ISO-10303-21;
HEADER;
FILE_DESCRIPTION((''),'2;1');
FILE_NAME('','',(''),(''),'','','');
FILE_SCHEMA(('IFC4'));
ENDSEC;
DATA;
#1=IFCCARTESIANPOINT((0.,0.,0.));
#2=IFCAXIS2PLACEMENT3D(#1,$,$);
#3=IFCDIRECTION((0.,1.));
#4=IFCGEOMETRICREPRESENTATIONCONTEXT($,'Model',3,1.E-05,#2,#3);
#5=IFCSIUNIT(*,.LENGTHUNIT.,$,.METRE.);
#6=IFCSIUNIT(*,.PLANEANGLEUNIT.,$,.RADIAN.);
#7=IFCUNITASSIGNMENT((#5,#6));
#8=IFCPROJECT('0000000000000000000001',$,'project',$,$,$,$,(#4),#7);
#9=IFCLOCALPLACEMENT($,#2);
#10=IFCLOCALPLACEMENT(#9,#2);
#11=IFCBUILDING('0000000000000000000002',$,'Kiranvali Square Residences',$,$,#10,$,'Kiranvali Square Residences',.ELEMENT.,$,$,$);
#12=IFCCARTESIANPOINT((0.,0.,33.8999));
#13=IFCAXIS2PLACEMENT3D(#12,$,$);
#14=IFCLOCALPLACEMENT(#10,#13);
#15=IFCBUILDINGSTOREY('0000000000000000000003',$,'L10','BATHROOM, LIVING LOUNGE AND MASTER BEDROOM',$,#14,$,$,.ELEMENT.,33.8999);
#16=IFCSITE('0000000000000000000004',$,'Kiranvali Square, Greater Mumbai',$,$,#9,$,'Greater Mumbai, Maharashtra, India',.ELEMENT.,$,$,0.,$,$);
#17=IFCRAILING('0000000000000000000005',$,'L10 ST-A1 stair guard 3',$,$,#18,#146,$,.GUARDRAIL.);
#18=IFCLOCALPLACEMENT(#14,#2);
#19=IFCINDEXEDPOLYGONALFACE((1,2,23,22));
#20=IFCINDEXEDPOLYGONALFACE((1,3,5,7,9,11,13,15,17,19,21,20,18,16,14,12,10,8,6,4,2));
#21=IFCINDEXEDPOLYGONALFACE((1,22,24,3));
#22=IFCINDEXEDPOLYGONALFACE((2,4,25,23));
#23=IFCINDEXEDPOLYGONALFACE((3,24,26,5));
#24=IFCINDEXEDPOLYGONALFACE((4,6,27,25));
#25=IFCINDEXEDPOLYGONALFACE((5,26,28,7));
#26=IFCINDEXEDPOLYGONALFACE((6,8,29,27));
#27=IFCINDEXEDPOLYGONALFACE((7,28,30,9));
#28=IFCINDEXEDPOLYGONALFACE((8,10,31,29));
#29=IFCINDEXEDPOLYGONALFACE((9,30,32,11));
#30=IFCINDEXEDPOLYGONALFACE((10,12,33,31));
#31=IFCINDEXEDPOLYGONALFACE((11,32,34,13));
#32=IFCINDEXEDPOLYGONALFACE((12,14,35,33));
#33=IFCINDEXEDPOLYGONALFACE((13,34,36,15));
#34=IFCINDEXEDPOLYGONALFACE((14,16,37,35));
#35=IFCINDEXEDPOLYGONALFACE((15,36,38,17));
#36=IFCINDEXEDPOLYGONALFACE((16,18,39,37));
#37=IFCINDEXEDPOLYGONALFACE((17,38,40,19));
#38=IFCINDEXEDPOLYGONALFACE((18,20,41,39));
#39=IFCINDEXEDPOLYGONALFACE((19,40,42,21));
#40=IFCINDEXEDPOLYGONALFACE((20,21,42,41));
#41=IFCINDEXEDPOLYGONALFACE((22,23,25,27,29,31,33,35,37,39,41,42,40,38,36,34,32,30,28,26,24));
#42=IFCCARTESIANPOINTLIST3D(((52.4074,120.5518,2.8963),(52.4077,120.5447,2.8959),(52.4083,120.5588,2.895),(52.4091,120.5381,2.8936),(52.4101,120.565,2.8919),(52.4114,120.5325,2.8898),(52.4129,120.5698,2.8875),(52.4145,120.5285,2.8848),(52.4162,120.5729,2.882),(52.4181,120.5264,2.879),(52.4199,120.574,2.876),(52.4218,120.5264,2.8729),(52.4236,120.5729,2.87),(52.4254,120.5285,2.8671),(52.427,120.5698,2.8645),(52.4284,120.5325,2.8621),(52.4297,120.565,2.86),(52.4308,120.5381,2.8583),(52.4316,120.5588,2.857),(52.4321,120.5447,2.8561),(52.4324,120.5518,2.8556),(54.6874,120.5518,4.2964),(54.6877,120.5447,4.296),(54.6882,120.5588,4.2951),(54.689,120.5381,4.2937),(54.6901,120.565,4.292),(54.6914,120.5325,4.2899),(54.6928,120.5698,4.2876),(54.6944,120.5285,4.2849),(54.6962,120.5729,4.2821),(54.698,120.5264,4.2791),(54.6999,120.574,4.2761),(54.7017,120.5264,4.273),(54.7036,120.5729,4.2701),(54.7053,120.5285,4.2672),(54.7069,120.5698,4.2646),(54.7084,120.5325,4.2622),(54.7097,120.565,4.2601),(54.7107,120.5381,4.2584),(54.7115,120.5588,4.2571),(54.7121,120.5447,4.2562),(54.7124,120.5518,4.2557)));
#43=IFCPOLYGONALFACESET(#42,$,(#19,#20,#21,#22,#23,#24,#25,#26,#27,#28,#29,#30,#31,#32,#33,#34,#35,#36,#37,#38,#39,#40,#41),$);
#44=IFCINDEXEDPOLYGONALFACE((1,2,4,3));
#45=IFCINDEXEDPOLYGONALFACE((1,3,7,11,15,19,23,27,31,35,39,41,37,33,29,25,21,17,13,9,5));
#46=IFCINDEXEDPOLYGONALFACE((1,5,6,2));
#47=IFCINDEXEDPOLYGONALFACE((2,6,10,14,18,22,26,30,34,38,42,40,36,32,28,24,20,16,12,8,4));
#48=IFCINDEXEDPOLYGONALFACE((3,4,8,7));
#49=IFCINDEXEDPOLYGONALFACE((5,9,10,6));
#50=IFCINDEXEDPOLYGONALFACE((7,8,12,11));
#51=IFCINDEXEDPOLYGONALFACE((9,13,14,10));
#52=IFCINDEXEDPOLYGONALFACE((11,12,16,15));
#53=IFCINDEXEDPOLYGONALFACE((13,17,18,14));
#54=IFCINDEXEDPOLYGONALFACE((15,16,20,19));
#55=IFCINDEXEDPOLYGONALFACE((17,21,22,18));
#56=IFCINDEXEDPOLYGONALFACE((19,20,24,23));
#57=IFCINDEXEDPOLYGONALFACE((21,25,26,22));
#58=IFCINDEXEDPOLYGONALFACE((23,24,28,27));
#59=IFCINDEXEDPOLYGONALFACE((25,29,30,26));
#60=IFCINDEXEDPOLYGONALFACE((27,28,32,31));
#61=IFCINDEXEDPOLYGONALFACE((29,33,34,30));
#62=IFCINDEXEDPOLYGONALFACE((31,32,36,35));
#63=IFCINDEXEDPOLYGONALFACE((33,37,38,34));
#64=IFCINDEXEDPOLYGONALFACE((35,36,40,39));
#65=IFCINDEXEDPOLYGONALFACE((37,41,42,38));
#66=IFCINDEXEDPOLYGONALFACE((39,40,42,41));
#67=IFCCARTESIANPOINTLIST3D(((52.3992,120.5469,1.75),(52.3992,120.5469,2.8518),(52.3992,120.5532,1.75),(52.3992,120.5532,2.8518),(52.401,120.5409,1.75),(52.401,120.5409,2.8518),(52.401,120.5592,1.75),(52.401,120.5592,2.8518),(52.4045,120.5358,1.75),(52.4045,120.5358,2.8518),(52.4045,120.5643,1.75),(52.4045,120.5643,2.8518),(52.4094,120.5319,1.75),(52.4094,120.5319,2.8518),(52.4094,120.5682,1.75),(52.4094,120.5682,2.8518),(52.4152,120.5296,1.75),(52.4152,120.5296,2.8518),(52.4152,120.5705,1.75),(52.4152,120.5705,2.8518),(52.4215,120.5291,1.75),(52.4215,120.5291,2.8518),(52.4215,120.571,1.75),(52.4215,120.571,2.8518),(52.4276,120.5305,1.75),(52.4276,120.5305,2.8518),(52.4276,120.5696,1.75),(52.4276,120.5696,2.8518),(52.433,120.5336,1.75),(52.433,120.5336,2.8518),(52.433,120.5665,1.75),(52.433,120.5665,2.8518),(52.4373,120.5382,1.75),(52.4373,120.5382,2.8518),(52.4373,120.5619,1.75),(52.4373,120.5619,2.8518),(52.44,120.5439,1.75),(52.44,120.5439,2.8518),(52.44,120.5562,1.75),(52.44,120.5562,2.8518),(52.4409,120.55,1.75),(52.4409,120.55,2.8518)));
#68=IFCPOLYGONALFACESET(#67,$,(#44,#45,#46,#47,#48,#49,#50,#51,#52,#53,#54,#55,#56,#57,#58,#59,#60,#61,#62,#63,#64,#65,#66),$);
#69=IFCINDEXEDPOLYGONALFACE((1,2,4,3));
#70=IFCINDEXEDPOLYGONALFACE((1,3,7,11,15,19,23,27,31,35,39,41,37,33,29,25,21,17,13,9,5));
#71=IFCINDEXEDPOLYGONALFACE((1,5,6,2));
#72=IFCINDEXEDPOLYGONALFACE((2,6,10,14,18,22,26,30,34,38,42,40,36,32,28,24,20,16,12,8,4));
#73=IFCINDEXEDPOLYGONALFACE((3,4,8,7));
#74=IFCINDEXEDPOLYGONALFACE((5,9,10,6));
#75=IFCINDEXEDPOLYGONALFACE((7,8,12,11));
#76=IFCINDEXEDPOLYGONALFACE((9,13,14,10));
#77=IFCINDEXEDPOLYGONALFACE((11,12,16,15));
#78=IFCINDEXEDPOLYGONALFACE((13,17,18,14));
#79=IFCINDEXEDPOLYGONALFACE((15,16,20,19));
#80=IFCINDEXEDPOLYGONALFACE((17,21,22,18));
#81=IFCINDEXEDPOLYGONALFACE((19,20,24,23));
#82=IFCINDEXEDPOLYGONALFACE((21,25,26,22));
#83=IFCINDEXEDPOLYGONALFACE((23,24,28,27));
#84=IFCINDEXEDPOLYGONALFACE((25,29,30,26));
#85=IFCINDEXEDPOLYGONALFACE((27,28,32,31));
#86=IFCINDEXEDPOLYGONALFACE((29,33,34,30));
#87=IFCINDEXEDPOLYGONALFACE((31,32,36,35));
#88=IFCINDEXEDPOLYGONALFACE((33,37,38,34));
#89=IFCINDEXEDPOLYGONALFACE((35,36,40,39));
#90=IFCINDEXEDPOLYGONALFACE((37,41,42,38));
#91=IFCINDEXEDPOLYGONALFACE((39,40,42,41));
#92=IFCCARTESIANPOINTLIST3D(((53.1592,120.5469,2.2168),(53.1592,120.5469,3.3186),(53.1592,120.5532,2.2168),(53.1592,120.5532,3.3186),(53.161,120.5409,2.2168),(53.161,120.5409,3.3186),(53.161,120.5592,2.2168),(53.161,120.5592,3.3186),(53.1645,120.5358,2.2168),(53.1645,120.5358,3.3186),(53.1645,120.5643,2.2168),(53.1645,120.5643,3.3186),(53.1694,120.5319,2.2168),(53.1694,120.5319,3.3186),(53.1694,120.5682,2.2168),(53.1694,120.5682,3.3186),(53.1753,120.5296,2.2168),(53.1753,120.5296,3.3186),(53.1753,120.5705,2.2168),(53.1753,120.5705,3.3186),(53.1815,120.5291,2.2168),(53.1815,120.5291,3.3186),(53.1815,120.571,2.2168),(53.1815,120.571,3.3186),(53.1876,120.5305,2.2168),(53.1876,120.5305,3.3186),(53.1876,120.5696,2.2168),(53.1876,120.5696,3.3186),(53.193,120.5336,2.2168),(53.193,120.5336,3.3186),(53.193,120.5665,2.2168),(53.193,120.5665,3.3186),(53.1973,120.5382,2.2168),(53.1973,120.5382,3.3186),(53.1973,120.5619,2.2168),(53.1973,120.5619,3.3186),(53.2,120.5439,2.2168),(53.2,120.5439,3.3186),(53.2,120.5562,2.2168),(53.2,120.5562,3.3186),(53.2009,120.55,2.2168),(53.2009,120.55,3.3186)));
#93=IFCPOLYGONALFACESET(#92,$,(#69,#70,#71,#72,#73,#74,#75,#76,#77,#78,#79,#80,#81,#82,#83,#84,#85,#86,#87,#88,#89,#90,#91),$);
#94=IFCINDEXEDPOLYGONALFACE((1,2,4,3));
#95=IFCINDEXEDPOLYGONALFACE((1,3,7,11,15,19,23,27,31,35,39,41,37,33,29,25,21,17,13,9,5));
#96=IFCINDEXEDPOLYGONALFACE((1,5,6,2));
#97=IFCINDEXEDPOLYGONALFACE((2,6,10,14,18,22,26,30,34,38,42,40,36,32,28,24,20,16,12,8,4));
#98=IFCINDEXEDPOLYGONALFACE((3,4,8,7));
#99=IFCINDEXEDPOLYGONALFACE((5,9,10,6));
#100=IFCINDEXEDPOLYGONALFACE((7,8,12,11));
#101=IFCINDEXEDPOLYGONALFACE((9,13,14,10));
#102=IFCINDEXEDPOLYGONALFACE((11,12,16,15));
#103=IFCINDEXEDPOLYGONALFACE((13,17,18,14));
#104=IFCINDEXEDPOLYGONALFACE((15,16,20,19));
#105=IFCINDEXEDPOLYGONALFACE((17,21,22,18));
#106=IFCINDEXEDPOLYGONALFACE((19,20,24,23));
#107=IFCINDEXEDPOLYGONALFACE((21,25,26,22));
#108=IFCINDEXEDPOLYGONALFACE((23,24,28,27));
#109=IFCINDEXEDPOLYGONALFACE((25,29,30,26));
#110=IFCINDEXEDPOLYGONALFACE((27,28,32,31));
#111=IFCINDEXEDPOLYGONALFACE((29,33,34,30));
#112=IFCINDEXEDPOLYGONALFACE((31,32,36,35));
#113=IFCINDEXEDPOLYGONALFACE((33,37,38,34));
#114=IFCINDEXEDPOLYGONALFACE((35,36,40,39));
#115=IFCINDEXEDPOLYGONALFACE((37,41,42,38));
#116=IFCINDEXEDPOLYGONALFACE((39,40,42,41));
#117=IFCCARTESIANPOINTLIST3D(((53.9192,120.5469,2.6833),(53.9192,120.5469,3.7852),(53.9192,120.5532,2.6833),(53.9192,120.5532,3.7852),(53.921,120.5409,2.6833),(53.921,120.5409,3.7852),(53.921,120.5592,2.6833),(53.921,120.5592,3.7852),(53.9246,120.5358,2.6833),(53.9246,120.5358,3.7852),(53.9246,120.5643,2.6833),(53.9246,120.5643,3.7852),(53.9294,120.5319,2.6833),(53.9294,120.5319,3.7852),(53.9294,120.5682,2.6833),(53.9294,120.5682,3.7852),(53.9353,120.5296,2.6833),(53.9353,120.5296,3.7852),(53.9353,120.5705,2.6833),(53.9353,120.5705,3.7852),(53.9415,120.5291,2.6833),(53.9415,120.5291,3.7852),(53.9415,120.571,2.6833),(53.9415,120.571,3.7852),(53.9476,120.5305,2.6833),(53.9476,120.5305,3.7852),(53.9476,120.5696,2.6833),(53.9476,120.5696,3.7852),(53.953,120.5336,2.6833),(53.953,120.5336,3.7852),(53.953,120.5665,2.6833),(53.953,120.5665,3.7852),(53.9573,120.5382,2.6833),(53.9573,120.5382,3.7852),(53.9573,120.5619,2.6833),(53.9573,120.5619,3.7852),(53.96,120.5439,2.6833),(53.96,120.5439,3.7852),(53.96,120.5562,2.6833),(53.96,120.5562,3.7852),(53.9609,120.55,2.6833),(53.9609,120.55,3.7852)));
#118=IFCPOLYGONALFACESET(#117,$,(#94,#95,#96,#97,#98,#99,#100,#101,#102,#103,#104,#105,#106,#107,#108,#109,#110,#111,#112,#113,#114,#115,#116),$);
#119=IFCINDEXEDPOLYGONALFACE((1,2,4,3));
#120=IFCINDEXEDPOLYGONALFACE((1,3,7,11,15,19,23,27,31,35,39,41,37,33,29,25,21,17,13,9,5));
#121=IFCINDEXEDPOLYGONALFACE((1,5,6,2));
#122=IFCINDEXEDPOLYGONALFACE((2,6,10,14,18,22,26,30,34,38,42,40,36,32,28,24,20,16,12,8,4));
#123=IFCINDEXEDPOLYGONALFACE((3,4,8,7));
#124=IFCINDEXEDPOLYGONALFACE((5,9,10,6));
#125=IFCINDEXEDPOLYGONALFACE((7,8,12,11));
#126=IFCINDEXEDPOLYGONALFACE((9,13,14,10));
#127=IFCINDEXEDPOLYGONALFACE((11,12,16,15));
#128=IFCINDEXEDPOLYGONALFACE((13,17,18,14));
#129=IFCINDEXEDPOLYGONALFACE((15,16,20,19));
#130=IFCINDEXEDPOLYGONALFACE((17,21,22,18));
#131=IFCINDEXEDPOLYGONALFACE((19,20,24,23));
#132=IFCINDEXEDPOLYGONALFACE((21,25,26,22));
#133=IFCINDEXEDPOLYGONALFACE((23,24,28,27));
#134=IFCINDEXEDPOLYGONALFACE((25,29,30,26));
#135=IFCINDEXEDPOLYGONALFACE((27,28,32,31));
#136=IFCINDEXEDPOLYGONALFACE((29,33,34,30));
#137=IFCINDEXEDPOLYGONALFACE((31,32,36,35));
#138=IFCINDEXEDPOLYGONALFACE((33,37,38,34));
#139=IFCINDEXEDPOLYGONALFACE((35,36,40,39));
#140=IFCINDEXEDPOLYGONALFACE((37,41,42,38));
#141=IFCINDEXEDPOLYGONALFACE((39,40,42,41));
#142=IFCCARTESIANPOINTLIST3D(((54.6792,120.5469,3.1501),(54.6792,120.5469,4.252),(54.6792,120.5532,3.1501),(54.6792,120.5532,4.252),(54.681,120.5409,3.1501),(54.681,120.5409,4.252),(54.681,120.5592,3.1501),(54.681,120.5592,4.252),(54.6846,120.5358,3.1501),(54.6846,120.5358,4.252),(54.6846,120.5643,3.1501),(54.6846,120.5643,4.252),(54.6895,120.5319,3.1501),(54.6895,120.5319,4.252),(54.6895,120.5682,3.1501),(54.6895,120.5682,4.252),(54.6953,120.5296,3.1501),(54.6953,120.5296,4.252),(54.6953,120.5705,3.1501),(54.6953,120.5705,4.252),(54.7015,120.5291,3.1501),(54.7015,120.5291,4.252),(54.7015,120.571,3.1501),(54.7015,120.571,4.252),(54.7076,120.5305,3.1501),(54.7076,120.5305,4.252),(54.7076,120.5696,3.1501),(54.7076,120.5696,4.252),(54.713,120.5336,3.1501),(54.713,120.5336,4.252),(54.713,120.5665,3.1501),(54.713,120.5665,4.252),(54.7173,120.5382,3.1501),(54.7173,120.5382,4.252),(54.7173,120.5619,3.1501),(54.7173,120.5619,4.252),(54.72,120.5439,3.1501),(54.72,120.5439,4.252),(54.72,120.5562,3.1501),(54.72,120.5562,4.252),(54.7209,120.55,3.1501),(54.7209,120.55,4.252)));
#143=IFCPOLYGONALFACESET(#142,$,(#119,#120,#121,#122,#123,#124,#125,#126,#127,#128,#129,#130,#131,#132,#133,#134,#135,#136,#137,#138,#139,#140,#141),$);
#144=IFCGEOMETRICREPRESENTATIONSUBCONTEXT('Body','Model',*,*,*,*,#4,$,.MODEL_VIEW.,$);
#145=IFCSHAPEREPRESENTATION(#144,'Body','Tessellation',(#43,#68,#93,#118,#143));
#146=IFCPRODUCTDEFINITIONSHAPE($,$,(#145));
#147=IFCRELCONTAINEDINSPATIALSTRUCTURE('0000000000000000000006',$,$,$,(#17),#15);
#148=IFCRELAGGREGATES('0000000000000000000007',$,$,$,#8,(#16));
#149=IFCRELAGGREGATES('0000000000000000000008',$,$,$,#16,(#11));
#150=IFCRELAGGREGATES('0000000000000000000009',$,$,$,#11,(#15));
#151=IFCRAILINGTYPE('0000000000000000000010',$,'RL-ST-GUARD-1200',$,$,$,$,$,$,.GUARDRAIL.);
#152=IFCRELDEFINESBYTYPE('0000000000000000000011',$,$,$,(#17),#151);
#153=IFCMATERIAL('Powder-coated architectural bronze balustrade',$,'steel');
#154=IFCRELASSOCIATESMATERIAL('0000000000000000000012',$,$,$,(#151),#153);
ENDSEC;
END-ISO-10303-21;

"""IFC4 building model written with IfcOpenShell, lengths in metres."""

from ifc_helpers import new_model, si_unit, direction, frame, origin, origin_2d, place, context, subcontext, project, spatial, circle, extrude, material, type_object, element, save


model = new_model("IFC4")

# Units and contexts
model_context = context("Model", 3, precision=1e-05, world=origin(), true_north=direction((0.0, 1.0)))
body_context = subcontext(model_context, "Body", "Model", "MODEL_VIEW")
ifc_project = project(units=[si_unit("LENGTHUNIT", "METRE"), si_unit("PLANEANGLEUNIT", "RADIAN")], contexts=[model_context])

# Site, building, storey
site_placement = place(None, origin())
site = spatial("IfcSite", under=ifc_project, at=site_placement, Name="Kiranvali Square, Greater Mumbai", LongName="Greater Mumbai, Maharashtra, India", CompositionType="ELEMENT", RefElevation=0.0)
building_placement = place(site_placement, origin())
building = spatial("IfcBuilding", under=site, at=building_placement, Name="Kiranvali Square Residences", LongName="Kiranvali Square Residences", CompositionType="ELEMENT")
storey_placement = place(building_placement, frame((0.0, 0.0, 33.8999)))
storey = spatial("IfcBuildingStorey", under=building, at=storey_placement, Name="L10", Description="BATHROOM, LIVING LOUNGE AND MASTER BEDROOM", CompositionType="ELEMENT", Elevation=33.8999)

# Railing
ifc_material_1 = material(Name="Powder-coated architectural bronze balustrade", Category="steel")
railing_type_1 = type_object("IfcRailingType", Name="RL-ST-GUARD-1200", PredefinedType="GUARDRAIL", material=ifc_material_1)
railing_1_placement = place(storey_placement, frame((52.4199, 120.55, 1.75)))
element("IfcRailing", 1, at=railing_1_placement, inside=storey, type_object=railing_type_1, Name="L10 ST-A1 stair guard 3", PredefinedType="GUARDRAIL", context=body_context, shape_type="SweptSolid", body=[
    extrude(circle(Radius=0.0239, at=origin_2d()), frame((0.0, 0.0, 1.126), z_axis=(0.85215, 0.0, 0.523298), x_axis=(0.0, 1.0, 0.0)), (0.0, 0.0, 1.0), 2.6755),
    extrude(circle(Radius=0.021, at=origin_2d()), origin(), (0.0, 0.0, 1.0), 1.1018),
    extrude(circle(Radius=0.021, at=origin_2d()), frame((0.76, 0.0, 0.4668)), (0.0, 0.0, 1.0), 1.1018),
    extrude(circle(Radius=0.021, at=origin_2d()), frame((1.52, 0.0, 0.9333)), (0.0, 0.0, 1.0), 1.1018),
    extrude(circle(Radius=0.021, at=origin_2d()), frame((2.28, 0.0, 1.4001)), (0.0, 0.0, 1.0), 1.1018),
])

save(model, "model.ifc")
